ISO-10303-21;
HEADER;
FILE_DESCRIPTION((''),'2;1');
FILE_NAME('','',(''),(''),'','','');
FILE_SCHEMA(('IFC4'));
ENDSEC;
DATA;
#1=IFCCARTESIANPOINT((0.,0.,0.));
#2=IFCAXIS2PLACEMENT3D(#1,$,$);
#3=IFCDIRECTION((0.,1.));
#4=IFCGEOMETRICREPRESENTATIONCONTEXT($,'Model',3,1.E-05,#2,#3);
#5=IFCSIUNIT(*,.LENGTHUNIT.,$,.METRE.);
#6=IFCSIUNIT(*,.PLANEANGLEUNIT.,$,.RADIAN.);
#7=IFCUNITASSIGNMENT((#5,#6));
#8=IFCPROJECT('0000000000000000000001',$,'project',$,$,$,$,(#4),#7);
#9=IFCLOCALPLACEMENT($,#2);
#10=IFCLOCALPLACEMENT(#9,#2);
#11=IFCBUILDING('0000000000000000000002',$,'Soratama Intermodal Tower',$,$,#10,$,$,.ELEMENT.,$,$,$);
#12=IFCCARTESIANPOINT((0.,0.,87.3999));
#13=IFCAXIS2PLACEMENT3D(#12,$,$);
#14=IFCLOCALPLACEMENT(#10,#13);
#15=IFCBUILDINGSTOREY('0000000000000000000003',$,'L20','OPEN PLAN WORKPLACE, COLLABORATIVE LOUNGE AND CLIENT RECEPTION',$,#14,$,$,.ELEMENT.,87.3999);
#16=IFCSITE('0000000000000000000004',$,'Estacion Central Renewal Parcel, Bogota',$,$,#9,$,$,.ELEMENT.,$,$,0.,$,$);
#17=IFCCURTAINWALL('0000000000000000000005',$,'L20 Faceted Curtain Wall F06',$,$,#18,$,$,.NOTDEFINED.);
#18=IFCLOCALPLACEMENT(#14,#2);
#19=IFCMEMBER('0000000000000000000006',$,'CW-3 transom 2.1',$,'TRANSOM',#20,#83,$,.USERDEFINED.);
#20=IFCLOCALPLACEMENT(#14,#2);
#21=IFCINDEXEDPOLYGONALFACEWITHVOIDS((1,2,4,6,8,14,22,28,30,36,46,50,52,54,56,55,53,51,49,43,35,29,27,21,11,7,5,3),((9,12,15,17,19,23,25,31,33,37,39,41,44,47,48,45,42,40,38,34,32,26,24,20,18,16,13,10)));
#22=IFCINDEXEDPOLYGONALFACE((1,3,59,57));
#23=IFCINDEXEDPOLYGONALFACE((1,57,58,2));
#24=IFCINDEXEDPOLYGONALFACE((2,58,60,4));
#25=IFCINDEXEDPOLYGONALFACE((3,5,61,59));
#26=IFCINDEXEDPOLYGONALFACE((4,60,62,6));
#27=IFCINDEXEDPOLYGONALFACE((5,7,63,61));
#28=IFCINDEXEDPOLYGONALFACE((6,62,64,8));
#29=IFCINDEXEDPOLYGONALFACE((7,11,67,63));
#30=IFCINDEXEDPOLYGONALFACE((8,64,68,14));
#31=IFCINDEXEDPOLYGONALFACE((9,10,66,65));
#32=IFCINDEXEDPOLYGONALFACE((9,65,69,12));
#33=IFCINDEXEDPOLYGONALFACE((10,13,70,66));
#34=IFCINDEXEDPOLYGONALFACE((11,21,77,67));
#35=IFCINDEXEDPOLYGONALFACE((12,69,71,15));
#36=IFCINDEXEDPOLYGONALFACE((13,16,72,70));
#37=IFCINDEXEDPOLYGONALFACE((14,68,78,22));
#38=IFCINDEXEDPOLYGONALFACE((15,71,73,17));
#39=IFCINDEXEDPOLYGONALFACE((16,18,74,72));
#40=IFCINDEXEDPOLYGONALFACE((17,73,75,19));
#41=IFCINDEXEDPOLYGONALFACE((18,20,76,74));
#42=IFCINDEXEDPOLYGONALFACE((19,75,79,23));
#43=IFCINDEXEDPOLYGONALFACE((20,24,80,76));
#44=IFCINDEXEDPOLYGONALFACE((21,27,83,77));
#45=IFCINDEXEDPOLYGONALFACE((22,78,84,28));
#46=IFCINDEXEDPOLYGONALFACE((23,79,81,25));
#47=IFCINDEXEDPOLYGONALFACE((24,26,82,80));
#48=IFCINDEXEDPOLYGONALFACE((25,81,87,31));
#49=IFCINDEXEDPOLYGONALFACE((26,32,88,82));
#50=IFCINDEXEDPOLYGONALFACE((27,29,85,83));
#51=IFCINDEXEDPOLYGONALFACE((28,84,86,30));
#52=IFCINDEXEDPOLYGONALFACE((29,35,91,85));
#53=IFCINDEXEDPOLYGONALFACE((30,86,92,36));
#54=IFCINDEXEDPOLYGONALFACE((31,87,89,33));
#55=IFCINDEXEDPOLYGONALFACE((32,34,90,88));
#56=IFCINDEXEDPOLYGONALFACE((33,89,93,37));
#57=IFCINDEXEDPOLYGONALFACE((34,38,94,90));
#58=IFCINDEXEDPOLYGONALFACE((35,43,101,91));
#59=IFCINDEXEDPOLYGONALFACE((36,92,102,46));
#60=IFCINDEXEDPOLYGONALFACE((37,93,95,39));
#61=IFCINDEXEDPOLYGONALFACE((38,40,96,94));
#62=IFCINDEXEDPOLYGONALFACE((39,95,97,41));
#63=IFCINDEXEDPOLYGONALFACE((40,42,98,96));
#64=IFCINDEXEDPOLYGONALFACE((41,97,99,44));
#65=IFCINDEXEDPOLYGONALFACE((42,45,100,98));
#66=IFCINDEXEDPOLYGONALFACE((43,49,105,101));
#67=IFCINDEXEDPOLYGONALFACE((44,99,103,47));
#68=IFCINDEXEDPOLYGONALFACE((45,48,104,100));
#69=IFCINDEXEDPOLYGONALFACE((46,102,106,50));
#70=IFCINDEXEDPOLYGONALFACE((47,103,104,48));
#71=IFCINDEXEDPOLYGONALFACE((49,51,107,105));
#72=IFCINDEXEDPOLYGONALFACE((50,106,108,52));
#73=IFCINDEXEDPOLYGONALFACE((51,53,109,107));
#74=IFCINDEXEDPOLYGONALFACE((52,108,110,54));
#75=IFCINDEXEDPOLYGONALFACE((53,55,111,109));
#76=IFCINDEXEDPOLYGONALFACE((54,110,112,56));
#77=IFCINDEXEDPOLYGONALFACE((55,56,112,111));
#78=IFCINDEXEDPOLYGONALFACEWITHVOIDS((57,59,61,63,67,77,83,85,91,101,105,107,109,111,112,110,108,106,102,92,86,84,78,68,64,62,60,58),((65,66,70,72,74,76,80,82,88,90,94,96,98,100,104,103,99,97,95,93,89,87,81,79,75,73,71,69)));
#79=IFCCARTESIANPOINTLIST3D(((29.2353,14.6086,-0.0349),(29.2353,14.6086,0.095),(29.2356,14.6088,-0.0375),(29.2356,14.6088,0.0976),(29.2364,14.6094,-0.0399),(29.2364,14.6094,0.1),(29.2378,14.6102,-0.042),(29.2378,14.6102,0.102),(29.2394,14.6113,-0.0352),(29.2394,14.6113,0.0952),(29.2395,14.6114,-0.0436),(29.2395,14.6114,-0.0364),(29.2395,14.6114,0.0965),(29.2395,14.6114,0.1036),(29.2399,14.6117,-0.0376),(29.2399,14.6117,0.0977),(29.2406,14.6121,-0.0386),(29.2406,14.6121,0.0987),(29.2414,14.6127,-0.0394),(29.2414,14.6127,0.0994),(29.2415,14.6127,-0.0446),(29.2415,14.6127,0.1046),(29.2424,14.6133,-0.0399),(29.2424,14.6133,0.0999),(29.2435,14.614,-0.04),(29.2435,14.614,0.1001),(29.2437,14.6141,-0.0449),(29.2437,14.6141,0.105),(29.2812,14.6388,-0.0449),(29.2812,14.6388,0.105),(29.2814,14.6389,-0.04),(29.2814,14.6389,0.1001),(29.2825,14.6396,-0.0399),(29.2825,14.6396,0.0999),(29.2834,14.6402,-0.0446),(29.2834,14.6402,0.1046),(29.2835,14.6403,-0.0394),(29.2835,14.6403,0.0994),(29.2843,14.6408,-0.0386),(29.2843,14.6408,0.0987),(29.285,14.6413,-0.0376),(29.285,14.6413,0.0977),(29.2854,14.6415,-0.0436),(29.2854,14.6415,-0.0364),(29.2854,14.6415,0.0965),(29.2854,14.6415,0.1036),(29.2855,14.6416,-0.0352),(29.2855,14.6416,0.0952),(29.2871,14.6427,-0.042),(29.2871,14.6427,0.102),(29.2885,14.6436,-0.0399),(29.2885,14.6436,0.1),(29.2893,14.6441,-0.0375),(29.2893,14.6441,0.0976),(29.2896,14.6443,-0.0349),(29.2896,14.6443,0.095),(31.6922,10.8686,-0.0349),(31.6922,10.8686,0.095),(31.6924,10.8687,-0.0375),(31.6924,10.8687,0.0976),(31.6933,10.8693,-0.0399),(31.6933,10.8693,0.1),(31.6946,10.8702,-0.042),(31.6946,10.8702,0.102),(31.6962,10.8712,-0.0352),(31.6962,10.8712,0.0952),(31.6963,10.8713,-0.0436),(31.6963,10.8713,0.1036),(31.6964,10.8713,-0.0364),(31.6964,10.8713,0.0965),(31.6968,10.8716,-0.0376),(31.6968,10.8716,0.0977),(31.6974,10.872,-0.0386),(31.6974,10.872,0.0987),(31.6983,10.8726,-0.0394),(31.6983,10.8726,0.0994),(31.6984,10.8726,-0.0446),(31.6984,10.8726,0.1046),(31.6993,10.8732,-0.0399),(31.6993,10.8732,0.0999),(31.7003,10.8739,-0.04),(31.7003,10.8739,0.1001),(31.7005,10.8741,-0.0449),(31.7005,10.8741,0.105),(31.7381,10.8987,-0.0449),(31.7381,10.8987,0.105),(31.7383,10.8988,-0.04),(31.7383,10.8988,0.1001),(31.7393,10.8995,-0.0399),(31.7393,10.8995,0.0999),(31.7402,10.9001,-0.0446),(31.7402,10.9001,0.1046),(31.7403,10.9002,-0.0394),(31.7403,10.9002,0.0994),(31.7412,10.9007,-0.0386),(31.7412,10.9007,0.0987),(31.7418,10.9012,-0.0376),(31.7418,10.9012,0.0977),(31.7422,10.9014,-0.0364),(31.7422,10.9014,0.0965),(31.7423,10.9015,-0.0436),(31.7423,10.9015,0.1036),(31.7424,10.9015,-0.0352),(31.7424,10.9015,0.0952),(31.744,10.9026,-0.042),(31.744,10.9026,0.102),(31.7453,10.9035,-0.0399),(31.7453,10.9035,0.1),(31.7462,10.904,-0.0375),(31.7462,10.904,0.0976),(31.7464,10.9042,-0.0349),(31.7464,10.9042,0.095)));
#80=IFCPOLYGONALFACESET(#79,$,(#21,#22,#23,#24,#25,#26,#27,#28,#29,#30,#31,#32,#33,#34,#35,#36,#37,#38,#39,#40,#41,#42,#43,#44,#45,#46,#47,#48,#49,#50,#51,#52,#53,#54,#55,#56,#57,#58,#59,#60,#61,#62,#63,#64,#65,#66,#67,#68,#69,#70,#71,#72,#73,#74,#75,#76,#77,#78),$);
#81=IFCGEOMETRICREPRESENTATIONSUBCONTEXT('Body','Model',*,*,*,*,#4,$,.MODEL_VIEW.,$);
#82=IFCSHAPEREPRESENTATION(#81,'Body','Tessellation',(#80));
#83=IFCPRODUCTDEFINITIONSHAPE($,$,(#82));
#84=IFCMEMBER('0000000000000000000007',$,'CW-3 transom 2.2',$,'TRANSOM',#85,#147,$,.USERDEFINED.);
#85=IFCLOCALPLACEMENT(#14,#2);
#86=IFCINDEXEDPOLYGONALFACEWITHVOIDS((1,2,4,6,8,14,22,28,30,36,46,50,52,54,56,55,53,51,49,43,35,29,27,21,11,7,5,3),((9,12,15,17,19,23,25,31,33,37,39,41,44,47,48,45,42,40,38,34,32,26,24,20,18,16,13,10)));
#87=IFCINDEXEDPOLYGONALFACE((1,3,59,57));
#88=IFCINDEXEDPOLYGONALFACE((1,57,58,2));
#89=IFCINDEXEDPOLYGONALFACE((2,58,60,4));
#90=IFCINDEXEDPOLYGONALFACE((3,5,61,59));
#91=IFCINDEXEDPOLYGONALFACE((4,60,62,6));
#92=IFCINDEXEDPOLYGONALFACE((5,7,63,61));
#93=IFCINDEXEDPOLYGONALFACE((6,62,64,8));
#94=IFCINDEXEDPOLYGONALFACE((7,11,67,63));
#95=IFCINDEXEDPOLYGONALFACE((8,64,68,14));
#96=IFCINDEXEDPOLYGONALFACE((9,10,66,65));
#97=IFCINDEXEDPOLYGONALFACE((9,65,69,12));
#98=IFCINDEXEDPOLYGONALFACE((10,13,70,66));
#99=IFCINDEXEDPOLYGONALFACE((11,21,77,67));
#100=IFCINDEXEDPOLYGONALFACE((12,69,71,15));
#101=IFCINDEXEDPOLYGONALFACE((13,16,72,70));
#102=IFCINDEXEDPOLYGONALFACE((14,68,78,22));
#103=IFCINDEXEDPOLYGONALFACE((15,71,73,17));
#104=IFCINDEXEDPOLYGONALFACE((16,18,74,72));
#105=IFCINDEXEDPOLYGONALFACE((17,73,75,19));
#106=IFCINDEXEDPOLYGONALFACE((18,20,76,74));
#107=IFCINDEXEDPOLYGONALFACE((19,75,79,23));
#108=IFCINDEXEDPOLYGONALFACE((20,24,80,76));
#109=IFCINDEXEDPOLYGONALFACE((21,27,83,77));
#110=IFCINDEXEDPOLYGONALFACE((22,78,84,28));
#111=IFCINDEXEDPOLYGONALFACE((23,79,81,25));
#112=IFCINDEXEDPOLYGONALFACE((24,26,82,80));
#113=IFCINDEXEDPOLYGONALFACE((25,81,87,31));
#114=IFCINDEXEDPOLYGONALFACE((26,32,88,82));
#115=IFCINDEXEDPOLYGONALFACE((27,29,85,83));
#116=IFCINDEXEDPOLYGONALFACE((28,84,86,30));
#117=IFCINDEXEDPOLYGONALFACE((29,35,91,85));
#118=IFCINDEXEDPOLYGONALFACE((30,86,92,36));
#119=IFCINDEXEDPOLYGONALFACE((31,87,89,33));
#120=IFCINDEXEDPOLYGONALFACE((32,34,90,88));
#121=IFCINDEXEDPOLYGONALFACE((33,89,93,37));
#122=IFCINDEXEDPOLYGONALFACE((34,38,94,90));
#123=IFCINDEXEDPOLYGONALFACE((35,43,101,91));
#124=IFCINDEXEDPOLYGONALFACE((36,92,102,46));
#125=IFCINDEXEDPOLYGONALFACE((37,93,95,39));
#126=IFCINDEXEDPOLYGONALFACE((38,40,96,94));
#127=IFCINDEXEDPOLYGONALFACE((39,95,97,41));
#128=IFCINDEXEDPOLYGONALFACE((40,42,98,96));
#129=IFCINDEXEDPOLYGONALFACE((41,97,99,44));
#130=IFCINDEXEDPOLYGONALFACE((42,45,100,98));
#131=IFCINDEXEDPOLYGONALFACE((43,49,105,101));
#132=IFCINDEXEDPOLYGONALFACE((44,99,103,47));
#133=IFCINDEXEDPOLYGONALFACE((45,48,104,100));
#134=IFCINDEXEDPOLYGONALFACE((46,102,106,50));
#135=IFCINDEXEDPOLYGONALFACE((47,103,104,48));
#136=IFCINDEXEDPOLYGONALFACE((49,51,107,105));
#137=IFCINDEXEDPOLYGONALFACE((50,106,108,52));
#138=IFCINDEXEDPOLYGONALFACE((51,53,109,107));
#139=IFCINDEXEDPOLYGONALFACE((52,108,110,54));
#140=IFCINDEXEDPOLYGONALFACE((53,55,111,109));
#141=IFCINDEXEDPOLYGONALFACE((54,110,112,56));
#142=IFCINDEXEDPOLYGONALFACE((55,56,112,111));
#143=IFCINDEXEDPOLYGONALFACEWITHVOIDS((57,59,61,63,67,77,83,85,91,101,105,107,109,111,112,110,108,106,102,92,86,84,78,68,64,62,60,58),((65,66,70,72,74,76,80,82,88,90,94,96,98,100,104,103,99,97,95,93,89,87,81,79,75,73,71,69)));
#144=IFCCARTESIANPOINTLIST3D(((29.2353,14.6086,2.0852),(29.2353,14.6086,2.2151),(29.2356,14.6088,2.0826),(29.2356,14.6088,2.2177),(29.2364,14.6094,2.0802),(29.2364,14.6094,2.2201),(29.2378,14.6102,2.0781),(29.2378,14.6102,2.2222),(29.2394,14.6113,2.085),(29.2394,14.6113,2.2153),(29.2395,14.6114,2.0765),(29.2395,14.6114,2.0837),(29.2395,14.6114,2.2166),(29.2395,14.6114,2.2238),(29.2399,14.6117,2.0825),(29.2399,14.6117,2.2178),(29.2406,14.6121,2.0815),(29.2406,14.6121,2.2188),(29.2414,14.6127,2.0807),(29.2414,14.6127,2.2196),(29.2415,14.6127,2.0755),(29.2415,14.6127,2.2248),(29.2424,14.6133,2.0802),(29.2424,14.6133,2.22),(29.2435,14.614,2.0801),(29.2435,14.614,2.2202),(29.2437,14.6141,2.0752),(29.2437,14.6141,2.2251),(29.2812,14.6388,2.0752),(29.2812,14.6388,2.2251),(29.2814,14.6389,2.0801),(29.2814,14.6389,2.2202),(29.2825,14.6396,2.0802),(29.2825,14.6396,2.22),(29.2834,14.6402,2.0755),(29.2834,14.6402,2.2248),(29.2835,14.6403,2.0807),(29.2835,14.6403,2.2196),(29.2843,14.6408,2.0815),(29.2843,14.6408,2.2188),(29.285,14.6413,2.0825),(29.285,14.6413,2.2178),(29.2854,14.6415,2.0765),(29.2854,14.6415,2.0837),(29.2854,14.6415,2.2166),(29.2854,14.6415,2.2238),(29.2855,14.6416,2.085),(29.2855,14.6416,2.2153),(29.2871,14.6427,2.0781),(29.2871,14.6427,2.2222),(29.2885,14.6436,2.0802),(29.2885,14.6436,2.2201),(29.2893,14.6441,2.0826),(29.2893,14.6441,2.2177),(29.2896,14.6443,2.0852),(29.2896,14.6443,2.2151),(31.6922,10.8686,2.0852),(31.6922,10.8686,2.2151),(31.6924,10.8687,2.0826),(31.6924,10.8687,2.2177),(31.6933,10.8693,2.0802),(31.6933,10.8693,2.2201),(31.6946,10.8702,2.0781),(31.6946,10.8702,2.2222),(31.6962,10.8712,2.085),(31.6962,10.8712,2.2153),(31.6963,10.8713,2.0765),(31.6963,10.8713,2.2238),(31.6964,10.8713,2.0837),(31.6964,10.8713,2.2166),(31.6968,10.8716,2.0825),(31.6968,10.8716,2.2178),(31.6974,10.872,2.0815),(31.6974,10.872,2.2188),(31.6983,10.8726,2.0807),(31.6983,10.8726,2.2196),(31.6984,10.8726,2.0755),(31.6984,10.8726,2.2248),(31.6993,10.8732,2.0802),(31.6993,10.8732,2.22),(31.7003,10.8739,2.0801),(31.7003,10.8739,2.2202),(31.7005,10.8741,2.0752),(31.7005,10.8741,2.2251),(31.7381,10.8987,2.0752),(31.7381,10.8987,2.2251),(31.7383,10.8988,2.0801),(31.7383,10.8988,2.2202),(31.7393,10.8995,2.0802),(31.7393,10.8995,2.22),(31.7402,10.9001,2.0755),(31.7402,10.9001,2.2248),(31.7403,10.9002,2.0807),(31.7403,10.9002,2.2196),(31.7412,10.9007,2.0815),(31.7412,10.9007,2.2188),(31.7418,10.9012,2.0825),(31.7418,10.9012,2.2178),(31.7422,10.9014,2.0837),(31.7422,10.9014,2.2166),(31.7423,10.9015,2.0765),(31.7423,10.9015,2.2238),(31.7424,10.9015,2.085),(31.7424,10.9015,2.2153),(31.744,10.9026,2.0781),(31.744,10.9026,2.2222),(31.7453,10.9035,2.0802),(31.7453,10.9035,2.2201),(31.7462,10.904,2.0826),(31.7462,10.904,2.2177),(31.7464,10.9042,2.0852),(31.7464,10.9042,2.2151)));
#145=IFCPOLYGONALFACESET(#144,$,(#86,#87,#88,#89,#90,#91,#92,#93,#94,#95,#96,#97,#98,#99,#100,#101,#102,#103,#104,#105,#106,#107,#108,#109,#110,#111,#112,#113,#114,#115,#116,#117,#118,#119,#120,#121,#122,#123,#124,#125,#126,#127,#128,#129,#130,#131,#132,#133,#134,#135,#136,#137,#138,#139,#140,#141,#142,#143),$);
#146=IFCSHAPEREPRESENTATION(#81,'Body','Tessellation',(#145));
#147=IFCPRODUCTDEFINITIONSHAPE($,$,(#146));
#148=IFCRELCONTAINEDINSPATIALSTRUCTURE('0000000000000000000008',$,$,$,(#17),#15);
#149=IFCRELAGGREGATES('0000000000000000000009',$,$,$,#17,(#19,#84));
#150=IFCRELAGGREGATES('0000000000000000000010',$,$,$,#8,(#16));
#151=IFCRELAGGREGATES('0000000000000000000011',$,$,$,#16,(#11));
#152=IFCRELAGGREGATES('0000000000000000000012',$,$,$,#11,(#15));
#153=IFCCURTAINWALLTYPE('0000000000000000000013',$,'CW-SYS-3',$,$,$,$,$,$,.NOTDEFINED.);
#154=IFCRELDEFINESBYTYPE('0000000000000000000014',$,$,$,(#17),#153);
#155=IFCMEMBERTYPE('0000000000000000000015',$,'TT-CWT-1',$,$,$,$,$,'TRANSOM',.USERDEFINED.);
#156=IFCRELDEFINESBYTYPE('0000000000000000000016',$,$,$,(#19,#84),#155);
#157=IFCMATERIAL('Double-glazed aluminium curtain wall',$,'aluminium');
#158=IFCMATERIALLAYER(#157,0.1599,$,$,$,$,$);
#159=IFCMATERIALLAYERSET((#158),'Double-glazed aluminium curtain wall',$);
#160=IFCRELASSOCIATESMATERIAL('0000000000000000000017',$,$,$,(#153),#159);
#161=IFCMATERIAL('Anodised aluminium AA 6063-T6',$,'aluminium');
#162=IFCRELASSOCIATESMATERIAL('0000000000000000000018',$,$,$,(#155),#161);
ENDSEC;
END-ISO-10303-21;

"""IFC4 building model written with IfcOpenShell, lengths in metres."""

from ifc_helpers import new_model, si_unit, direction, frame, origin, origin_2d, place, context, subcontext, project, spatial, hollow_rectangle, extrude, material, layer, layer_set, material_profile, profile_set, type_object, element, aggregate, save


model = new_model("IFC4")

# Units and contexts
model_context = context("Model", 3, precision=1e-05, world=origin(), true_north=direction((0.0, 1.0)))
body_context = subcontext(model_context, "Body", "Model", "MODEL_VIEW")
ifc_project = project(units=[si_unit("LENGTHUNIT", "METRE"), si_unit("PLANEANGLEUNIT", "RADIAN")], contexts=[model_context])

# Site, building, storey
site_placement = place(None, origin())
site = spatial("IfcSite", under=ifc_project, at=site_placement, Name="Estacion Central Renewal Parcel, Bogota", CompositionType="ELEMENT", RefElevation=0.0)
building_placement = place(site_placement, origin())
building = spatial("IfcBuilding", under=site, at=building_placement, Name="Soratama Intermodal Tower", CompositionType="ELEMENT")
storey_placement = place(building_placement, frame((0.0, 0.0, 87.3999)))
storey = spatial("IfcBuildingStorey", under=building, at=storey_placement, Name="L20", Description="OPEN PLAN WORKPLACE, COLLABORATIVE LOUNGE AND CLIENT RECEPTION", CompositionType="ELEMENT", Elevation=87.3999)

# Curtain wall, members
ifc_material_1 = material(Name="Double-glazed aluminium curtain wall", Category="aluminium")
ifc_layer_1 = layer(ifc_material_1, 0.1599)
ifc_layer_set_1 = layer_set([ifc_layer_1], Name="Double-glazed aluminium curtain wall")
curtain_wall_type = type_object("IfcCurtainWallType", Name="CW-SYS-3", PredefinedType="NOTDEFINED", material=ifc_layer_set_1)
curtain_wall_placement = place(storey_placement, origin())
curtain_wall = element("IfcCurtainWall", 1, at=curtain_wall_placement, inside=storey, type_object=curtain_wall_type, Name="L20 Faceted Curtain Wall F06", PredefinedType="NOTDEFINED")
ifc_material_2 = material(Name="Anodised aluminium AA 6063-T6", Category="aluminium")
ifc_material_profile_1 = material_profile(ifc_material_2, hollow_rectangle(XDim=0.0649, YDim=0.1499, WallThickness=0.0049, InnerFilletRadius=0.0049, OuterFilletRadius=0.01, at=origin_2d()), Name="CWT150X65X5")
ifc_profile_set_1 = profile_set([ifc_material_profile_1], Name="Anodised aluminium AA 6063-T6")
member_type_1 = type_object("IfcMemberType", Name="TT-CWT-1", ElementType="TRANSOM", PredefinedType="USERDEFINED", material=ifc_profile_set_1)
member_1_placement = place(storey_placement, frame((29.2625, 14.6265, 0.03), z_axis=(0.549034, -0.8358, 0.0), x_axis=(0.8358, 0.549034, 0.0)))
member_1 = element("IfcMember", 2, at=member_1_placement, type_object=member_type_1, Name="CW-3 transom 2.1", ObjectType="TRANSOM", PredefinedType="USERDEFINED", context=body_context, shape_type="SweptSolid", body=[
    extrude(hollow_rectangle(XDim=0.0649, YDim=0.1499, WallThickness=0.0049, InnerFilletRadius=0.0049, OuterFilletRadius=0.01, at=origin_2d()), origin(), (0.0, 0.0, 1.0), 4.4749),
])
member_2_placement = place(storey_placement, frame((29.2625, 14.6265, 2.1501), z_axis=(0.549034, -0.8358, 0.0), x_axis=(0.8358, 0.549034, 0.0)))
member_2 = element("IfcMember", 3, at=member_2_placement, type_object=member_type_1, Name="CW-3 transom 2.2", ObjectType="TRANSOM", PredefinedType="USERDEFINED", context=body_context, shape_type="SweptSolid", body=[
    extrude(hollow_rectangle(XDim=0.0649, YDim=0.1499, WallThickness=0.0049, InnerFilletRadius=0.0049, OuterFilletRadius=0.01, at=origin_2d()), origin(), (0.0, 0.0, 1.0), 4.4749),
])
aggregate(curtain_wall, [member_1, member_2])

save(model, "model.ifc")
